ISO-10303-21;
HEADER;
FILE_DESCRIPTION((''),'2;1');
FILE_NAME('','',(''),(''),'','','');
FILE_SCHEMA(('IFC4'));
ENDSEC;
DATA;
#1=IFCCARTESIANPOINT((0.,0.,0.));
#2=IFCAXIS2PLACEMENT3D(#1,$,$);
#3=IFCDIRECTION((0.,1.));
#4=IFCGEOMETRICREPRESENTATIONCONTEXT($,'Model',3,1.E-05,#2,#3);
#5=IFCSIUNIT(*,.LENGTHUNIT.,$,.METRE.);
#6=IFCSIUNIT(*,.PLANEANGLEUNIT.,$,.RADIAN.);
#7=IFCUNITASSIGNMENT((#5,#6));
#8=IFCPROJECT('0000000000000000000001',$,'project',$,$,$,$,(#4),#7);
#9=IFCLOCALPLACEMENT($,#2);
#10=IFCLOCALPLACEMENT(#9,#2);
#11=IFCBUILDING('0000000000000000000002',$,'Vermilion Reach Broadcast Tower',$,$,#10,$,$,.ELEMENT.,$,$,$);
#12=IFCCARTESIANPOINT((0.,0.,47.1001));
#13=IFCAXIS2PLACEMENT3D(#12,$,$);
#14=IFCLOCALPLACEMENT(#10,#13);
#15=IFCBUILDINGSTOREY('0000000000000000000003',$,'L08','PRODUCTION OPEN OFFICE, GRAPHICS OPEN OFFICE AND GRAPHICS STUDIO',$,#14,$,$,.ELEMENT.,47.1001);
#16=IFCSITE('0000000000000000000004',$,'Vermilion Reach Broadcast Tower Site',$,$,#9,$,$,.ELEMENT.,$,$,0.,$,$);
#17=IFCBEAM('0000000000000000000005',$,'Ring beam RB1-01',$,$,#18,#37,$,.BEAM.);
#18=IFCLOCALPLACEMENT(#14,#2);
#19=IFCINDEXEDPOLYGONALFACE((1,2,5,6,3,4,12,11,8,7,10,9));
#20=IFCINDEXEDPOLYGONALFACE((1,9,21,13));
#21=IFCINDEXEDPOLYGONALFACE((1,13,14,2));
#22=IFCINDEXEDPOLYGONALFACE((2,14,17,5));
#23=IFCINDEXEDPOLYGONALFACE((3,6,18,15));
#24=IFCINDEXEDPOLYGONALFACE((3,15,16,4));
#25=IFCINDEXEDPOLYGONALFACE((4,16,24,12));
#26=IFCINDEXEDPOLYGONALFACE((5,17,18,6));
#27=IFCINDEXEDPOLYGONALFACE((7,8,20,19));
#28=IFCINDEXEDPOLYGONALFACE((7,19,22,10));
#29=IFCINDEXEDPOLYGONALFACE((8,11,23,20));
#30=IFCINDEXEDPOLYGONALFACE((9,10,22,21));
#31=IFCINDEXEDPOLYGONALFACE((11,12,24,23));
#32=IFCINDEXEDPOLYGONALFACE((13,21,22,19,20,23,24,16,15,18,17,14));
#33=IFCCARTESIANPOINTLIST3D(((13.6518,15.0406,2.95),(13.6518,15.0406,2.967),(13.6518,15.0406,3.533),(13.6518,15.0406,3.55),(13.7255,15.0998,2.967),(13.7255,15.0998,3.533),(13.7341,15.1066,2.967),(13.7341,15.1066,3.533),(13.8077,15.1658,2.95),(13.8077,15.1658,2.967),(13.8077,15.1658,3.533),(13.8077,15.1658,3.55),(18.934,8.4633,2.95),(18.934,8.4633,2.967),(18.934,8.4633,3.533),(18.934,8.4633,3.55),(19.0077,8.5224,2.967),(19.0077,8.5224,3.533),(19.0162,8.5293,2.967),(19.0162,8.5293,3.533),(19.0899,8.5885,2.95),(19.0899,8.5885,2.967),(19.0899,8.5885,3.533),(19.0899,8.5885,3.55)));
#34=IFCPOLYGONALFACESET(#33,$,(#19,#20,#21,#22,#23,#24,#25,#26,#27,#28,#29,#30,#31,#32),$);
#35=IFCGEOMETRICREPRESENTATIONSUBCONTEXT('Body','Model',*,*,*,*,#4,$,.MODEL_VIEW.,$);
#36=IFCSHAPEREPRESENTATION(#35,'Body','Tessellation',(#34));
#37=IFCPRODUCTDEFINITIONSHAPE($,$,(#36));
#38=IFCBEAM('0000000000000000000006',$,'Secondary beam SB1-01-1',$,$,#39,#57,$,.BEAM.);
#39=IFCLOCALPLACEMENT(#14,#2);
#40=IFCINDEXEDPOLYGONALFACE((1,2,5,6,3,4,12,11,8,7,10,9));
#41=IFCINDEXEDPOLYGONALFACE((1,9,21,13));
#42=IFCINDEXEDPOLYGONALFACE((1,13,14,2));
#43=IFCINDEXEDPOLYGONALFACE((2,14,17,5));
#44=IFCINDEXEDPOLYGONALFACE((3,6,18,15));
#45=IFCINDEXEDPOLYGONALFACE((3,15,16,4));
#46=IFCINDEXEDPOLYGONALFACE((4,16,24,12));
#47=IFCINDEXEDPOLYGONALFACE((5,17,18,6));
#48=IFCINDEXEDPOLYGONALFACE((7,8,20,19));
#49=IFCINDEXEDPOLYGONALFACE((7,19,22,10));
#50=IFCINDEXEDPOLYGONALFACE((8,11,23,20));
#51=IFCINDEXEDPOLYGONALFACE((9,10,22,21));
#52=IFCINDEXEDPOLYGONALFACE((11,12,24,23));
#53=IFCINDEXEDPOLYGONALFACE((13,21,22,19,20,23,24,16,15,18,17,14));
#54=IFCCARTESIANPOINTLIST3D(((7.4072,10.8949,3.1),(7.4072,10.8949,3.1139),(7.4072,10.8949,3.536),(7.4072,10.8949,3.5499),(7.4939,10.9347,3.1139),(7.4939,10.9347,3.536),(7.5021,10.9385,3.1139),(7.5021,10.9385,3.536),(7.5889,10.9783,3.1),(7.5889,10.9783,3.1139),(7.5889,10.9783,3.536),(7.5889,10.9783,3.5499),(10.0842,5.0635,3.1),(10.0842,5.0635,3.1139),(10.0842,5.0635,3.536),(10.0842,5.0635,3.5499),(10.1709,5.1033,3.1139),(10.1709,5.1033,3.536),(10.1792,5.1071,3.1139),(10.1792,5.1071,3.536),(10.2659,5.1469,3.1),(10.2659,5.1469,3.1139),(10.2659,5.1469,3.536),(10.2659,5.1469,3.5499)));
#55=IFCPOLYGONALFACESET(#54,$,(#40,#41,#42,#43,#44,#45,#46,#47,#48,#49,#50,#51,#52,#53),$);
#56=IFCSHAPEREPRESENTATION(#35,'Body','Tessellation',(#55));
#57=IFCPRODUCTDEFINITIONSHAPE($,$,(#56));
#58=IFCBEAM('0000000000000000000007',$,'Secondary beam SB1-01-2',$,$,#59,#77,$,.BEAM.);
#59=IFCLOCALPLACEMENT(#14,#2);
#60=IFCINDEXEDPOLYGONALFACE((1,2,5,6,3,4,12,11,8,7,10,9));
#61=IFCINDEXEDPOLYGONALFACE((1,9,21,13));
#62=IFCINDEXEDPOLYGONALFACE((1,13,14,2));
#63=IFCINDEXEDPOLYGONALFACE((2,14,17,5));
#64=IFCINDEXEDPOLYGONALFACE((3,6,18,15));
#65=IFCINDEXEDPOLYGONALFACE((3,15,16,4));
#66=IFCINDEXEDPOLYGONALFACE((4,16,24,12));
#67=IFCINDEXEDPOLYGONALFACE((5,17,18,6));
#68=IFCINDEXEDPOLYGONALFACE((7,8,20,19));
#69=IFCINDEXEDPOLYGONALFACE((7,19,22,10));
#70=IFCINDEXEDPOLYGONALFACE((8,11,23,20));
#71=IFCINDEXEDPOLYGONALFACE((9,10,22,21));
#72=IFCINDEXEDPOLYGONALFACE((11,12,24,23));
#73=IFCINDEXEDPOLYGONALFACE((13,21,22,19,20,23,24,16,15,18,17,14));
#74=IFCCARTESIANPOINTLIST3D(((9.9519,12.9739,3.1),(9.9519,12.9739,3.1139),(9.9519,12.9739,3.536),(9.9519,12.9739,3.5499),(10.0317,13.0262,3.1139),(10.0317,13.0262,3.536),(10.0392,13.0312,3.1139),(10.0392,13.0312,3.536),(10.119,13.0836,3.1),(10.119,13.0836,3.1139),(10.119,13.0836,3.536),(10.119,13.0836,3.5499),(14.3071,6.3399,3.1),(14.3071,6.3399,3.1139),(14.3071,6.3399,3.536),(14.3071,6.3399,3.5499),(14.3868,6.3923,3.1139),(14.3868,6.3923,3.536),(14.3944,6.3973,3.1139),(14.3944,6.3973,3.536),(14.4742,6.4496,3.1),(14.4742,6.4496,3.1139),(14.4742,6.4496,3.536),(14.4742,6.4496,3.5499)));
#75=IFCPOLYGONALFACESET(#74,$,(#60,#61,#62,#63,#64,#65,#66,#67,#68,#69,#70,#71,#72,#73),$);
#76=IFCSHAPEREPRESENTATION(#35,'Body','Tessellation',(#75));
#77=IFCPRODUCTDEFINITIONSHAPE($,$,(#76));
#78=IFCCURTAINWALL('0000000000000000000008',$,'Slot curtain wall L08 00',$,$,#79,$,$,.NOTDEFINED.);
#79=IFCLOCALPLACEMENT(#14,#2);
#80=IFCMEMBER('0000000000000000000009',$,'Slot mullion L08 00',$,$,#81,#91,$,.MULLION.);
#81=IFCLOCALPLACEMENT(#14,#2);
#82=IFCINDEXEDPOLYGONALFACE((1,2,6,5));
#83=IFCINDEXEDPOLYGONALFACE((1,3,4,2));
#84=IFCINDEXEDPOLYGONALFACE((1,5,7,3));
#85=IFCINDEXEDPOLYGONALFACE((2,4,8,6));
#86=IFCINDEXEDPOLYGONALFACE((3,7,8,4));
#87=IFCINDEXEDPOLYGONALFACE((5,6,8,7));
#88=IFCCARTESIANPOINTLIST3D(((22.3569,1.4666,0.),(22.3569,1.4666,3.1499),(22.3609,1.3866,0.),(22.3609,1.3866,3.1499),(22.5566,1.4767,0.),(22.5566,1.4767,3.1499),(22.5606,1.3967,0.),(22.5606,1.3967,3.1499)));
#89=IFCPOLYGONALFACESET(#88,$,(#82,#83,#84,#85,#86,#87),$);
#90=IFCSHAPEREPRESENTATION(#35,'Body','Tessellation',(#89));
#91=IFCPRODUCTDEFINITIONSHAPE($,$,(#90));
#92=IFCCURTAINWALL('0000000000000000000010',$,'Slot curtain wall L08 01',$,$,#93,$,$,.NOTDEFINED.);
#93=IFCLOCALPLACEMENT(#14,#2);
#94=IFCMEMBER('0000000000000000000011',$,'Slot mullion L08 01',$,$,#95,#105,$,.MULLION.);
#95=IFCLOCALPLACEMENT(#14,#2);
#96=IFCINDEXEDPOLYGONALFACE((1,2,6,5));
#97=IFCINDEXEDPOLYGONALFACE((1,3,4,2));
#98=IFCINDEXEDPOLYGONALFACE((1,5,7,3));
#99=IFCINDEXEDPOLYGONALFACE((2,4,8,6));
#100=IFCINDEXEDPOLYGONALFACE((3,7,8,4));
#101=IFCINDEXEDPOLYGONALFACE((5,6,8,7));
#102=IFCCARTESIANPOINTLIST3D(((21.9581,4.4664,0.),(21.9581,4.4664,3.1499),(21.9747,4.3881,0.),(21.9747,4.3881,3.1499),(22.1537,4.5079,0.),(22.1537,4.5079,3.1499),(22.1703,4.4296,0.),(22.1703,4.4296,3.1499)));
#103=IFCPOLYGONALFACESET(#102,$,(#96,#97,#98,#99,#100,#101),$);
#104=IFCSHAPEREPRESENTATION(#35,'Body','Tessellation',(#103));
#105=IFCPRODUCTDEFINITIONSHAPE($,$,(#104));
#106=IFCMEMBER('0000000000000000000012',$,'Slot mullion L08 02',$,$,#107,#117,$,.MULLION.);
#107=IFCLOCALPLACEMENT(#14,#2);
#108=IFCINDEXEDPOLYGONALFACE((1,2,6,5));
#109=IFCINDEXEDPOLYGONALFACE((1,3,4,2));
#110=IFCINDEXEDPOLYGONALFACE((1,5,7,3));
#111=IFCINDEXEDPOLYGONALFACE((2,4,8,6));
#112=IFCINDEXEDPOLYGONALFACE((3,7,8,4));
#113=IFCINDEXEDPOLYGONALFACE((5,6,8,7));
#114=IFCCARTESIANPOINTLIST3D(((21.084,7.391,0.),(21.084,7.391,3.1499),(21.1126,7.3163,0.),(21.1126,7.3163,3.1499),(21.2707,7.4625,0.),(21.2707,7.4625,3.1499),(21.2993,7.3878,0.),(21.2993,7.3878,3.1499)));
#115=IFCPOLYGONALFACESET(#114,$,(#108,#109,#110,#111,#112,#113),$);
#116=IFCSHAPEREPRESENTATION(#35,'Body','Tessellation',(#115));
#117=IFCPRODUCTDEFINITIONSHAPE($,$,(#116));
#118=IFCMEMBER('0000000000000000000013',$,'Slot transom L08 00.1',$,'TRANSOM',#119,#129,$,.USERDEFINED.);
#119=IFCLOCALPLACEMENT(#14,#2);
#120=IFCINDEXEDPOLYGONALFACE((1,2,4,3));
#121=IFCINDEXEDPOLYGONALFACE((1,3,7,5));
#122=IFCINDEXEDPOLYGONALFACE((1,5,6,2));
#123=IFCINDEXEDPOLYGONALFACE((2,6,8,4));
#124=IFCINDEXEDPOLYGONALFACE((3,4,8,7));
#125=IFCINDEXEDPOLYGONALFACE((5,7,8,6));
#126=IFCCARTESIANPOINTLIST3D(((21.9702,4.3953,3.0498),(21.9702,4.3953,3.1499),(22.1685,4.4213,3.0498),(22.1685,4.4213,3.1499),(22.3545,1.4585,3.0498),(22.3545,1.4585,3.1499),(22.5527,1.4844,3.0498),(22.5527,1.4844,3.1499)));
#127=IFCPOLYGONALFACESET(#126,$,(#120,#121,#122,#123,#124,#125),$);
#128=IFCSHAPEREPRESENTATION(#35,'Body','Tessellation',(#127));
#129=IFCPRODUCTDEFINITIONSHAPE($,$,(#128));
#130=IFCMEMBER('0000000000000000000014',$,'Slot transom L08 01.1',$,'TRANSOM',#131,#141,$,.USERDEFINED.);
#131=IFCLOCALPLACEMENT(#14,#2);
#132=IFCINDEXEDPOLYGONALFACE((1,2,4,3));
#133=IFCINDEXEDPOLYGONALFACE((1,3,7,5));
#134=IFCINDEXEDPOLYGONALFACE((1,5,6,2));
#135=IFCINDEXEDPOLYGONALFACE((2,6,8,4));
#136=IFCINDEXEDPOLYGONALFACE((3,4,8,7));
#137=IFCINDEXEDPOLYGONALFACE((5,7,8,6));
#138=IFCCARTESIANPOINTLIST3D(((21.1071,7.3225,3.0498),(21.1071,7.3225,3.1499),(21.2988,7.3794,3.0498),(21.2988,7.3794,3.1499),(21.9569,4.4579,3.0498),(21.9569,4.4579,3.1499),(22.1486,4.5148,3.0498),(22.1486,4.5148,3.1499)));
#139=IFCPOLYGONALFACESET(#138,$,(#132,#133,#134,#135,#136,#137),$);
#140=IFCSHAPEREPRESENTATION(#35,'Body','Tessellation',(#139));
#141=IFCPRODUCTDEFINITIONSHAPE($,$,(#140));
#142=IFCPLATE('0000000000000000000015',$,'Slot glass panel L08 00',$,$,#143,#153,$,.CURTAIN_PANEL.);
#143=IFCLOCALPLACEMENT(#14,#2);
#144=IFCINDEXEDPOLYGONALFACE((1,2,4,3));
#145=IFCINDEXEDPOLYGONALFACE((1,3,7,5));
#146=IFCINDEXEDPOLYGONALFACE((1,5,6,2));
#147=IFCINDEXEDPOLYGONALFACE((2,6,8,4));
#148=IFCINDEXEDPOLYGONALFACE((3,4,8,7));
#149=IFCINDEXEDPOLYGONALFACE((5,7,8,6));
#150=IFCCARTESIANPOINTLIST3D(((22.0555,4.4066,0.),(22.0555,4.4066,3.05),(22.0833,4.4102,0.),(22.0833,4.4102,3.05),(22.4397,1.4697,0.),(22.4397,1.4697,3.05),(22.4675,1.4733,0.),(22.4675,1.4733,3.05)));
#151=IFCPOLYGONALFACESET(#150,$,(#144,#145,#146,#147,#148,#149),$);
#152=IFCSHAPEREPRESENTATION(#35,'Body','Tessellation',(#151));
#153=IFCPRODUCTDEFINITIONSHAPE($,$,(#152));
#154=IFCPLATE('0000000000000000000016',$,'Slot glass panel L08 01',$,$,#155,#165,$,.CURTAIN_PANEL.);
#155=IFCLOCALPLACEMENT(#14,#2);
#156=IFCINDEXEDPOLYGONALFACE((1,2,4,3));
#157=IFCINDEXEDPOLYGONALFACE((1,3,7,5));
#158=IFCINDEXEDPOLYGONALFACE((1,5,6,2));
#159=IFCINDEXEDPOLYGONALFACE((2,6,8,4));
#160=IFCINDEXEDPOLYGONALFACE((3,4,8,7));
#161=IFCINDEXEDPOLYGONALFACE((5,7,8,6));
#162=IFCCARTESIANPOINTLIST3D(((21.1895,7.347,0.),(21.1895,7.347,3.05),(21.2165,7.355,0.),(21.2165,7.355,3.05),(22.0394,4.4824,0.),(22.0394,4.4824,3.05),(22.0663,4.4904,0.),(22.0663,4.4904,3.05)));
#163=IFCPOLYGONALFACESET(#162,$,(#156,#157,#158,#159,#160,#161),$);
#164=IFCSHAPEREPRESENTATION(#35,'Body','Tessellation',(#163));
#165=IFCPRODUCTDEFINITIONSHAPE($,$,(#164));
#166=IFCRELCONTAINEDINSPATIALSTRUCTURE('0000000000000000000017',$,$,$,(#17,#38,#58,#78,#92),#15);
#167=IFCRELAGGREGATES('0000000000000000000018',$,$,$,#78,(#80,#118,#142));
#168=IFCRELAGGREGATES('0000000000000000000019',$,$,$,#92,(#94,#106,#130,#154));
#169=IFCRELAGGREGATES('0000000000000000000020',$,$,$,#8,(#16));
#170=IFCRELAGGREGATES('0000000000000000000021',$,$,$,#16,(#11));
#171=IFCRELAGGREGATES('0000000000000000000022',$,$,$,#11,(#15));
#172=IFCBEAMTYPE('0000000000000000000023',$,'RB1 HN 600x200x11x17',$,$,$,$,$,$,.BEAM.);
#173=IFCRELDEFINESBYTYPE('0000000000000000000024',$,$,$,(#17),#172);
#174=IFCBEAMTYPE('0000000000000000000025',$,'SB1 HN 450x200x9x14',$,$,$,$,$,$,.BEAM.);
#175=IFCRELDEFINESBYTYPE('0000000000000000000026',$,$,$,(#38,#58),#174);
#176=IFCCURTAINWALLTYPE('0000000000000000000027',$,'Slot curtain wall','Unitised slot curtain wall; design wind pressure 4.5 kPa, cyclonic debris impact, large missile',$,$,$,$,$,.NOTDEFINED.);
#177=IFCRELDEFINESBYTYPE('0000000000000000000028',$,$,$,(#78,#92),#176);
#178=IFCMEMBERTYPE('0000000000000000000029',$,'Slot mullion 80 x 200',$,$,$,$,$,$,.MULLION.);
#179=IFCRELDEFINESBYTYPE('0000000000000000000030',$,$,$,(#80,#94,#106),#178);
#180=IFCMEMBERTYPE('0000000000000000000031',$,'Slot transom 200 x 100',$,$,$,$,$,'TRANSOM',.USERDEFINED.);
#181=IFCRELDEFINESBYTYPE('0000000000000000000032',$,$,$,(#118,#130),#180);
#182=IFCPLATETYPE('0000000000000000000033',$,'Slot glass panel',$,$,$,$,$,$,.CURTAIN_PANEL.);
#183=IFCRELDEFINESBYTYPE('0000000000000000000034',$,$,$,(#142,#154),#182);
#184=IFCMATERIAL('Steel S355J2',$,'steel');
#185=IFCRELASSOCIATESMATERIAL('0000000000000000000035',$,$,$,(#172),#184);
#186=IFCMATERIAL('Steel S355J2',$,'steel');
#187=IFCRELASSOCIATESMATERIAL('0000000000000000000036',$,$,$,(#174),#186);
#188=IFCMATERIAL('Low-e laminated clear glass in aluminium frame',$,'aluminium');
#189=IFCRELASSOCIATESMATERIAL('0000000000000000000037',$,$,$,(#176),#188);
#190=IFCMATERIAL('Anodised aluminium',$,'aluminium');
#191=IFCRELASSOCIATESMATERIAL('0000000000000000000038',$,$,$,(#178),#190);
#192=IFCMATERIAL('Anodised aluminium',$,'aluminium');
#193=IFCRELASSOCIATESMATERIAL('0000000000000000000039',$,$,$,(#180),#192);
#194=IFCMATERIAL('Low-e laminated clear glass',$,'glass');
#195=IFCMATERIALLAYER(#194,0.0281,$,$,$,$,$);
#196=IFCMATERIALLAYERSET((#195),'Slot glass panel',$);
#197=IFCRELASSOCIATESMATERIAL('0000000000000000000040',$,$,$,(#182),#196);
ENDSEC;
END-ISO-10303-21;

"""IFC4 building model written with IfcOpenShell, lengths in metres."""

from ifc_helpers import new_model, si_unit, direction, frame, origin, origin_2d, place, context, subcontext, project, spatial, rectangle, i_section, extrude, material, layer, layer_set, material_profile, profile_set, type_object, element, aggregate, save


model = new_model("IFC4")

# Units and contexts
model_context = context("Model", 3, precision=1e-05, world=origin(), true_north=direction((0.0, 1.0)))
body_context = subcontext(model_context, "Body", "Model", "MODEL_VIEW")
ifc_project = project(units=[si_unit("LENGTHUNIT", "METRE"), si_unit("PLANEANGLEUNIT", "RADIAN")], contexts=[model_context])

# Site, building, storey
site_placement = place(None, origin())
site = spatial("IfcSite", under=ifc_project, at=site_placement, Name="Vermilion Reach Broadcast Tower Site", CompositionType="ELEMENT", RefElevation=0.0)
building_placement = place(site_placement, origin())
building = spatial("IfcBuilding", under=site, at=building_placement, Name="Vermilion Reach Broadcast Tower", CompositionType="ELEMENT")
storey_placement = place(building_placement, frame((0.0, 0.0, 47.1001)))
storey = spatial("IfcBuildingStorey", under=building, at=storey_placement, Name="L08", Description="PRODUCTION OPEN OFFICE, GRAPHICS OPEN OFFICE AND GRAPHICS STUDIO", CompositionType="ELEMENT", Elevation=47.1001)

# Beams
ifc_material_1 = material(Name="Steel S355J2", Category="steel")
ifc_material_profile_1 = material_profile(ifc_material_1, i_section(OverallWidth=0.2, OverallDepth=0.6001, WebThickness=0.011, FlangeThickness=0.0171, at=origin_2d()), Name="S355J2 HN 600x200x11x17")
ifc_profile_set_1 = profile_set([ifc_material_profile_1], Name="Steel S355J2")
beam_type_1 = type_object("IfcBeamType", Name="RB1 HN 600x200x11x17", PredefinedType="BEAM", material=ifc_profile_set_1)
beam_1_placement = place(storey_placement, frame((19.012, 8.5259, 3.25), z_axis=(-0.626162, 0.779693, 0.0), x_axis=(-0.779693, -0.626162, 0.0)))
element("IfcBeam", 1, at=beam_1_placement, inside=storey, type_object=beam_type_1, Name="Ring beam RB1-01", PredefinedType="BEAM", context=body_context, shape_type="SweptSolid", body=[
    extrude(i_section(OverallWidth=0.2, OverallDepth=0.6001, WebThickness=0.011, FlangeThickness=0.0171, at=origin_2d()), origin(), (0.0, 0.0, 1.0), 8.4358),
])
ifc_material_2 = material(Name="Steel S355J2", Category="steel")
ifc_material_profile_2 = material_profile(ifc_material_2, i_section(OverallWidth=0.2, OverallDepth=0.45, WebThickness=0.009, FlangeThickness=0.0139, at=origin_2d()), Name="S355J2 HN 450x200x9x14")
ifc_profile_set_2 = profile_set([ifc_material_profile_2], Name="Steel S355J2")
beam_type_2 = type_object("IfcBeamType", Name="SB1 HN 450x200x9x14", PredefinedType="BEAM", material=ifc_profile_set_2)
beam_2_placement = place(storey_placement, frame((10.175, 5.1052, 3.325), z_axis=(-0.417211, 0.908809, 0.0), x_axis=(-0.908809, -0.417211, 0.0)))
element("IfcBeam", 2, at=beam_2_placement, inside=storey, type_object=beam_type_2, Name="Secondary beam SB1-01-1", PredefinedType="BEAM", context=body_context, shape_type="SweptSolid", body=[
    extrude(i_section(OverallWidth=0.2, OverallDepth=0.45, WebThickness=0.009, FlangeThickness=0.0139, at=origin_2d()), origin(), (0.0, 0.0, 1.0), 6.4165),
])
beam_3_placement = place(storey_placement, frame((14.3906, 6.3948, 3.325), z_axis=(-0.548801, 0.835953, 0.0), x_axis=(-0.835953, -0.548801, 0.0)))
element("IfcBeam", 3, at=beam_3_placement, inside=storey, type_object=beam_type_2, Name="Secondary beam SB1-01-2", PredefinedType="BEAM", context=body_context, shape_type="SweptSolid", body=[
    extrude(i_section(OverallWidth=0.2, OverallDepth=0.45, WebThickness=0.009, FlangeThickness=0.0139, at=origin_2d()), origin(), (0.0, 0.0, 1.0), 7.9358),
])

# Curtain wall, member
ifc_material_3 = material(Name="Low-e laminated clear glass in aluminium frame", Category="aluminium")
curtain_wall_type = type_object("IfcCurtainWallType", Name="Slot curtain wall", Description="Unitised slot curtain wall; design wind pressure 4.5 kPa, cyclonic debris impact, large missile", PredefinedType="NOTDEFINED", material=ifc_material_3)
placement = place(storey_placement, origin())
curtain_wall_1 = element("IfcCurtainWall", 4, at=placement, inside=storey, type_object=curtain_wall_type, Name="Slot curtain wall L08 00", PredefinedType="NOTDEFINED")
ifc_material_4 = material(Name="Anodised aluminium", Category="aluminium")
ifc_material_profile_3 = material_profile(ifc_material_4, rectangle(XDim=0.2, YDim=0.0801, at=origin_2d()), Name="Slot mullion 80 x 200")
ifc_profile_set_3 = profile_set([ifc_material_profile_3], Name="Anodised aluminium")
member_type_1 = type_object("IfcMemberType", Name="Slot mullion 80 x 200", PredefinedType="MULLION", material=ifc_profile_set_3)
member_1_placement = place(storey_placement, frame((22.4587, 1.4316, 0.0), z_axis=(0.0, 0.0, 1.0), x_axis=(-0.998737, -0.050244, 0.0)))
member_1 = element("IfcMember", 5, at=member_1_placement, type_object=member_type_1, Name="Slot mullion L08 00", PredefinedType="MULLION", context=body_context, shape_type="SweptSolid", body=[
    extrude(rectangle(XDim=0.2, YDim=0.0801, at=origin_2d()), origin(), (0.0, 0.0, 1.0), 3.1499),
])

# Curtain wall, members
curtain_wall_2 = element("IfcCurtainWall", 6, at=placement, inside=storey, type_object=curtain_wall_type, Name="Slot curtain wall L08 01", PredefinedType="NOTDEFINED")
member_2_placement = place(storey_placement, frame((22.0642, 4.448, 0.0), z_axis=(0.0, 0.0, 1.0), x_axis=(-0.978188, -0.207722, 0.0)))
member_2 = element("IfcMember", 7, at=member_2_placement, type_object=member_type_1, Name="Slot mullion L08 01", PredefinedType="MULLION", context=body_context, shape_type="SweptSolid", body=[
    extrude(rectangle(XDim=0.2, YDim=0.0801, at=origin_2d()), origin(), (0.0, 0.0, 1.0), 3.1499),
])
member_3_placement = place(storey_placement, frame((21.1917, 7.3894, 0.0), z_axis=(0.0, 0.0, 1.0), x_axis=(-0.933871, -0.357609, 0.0)))
member_3 = element("IfcMember", 8, at=member_3_placement, type_object=member_type_1, Name="Slot mullion L08 02", PredefinedType="MULLION", context=body_context, shape_type="SweptSolid", body=[
    extrude(rectangle(XDim=0.2, YDim=0.0801, at=origin_2d()), origin(), (0.0, 0.0, 1.0), 3.1499),
])

# Members
ifc_material_5 = material(Name="Anodised aluminium", Category="aluminium")
ifc_material_profile_4 = material_profile(ifc_material_5, rectangle(XDim=0.2, YDim=0.1001, at=origin_2d()), Name="Slot transom 200 x 100")
ifc_profile_set_4 = profile_set([ifc_material_profile_4], Name="Anodised aluminium")
member_type_2 = type_object("IfcMemberType", Name="Slot transom 200 x 100", ElementType="TRANSOM", PredefinedType="USERDEFINED", material=ifc_profile_set_4)
member_4_placement = place(storey_placement, frame((22.4536, 1.4714, 3.0999), z_axis=(-0.129744, 0.991547, 0.0), x_axis=(-0.991547, -0.129744, 0.0)))
member_4 = element("IfcMember", 9, at=member_4_placement, type_object=member_type_2, Name="Slot transom L08 00.1", ObjectType="TRANSOM", PredefinedType="USERDEFINED", context=body_context, shape_type="SweptSolid", body=[
    extrude(rectangle(XDim=0.2, YDim=0.1001, at=origin_2d()), origin(), (0.0, 0.0, 1.0), 2.9619),
])
member_5_placement = place(storey_placement, frame((22.0527, 4.4863, 3.0999), z_axis=(-0.284408, 0.958703, 0.0), x_axis=(-0.958703, -0.284408, 0.0)))
member_5 = element("IfcMember", 10, at=member_5_placement, type_object=member_type_2, Name="Slot transom L08 01.1", ObjectType="TRANSOM", PredefinedType="USERDEFINED", context=body_context, shape_type="SweptSolid", body=[
    extrude(rectangle(XDim=0.2, YDim=0.1001, at=origin_2d()), origin(), (0.0, 0.0, 1.0), 2.988),
])

# Plates
ifc_material_6 = material(Name="Low-e laminated clear glass", Category="glass")
ifc_layer_1 = layer(ifc_material_6, 0.0281)
ifc_layer_set_1 = layer_set([ifc_layer_1], Name="Slot glass panel")
plate_type = type_object("IfcPlateType", Name="Slot glass panel", PredefinedType="CURTAIN_PANEL", material=ifc_layer_set_1)
plate_1_placement = place(storey_placement, frame((22.2615, 2.9399, 0.0), z_axis=(0.0, 0.0, 1.0), x_axis=(-0.129717, 0.991551, 0.0)))
plate_1 = element("IfcPlate", 11, at=plate_1_placement, type_object=plate_type, Name="Slot glass panel L08 00", PredefinedType="CURTAIN_PANEL", context=body_context, shape_type="SweptSolid", body=[
    extrude(rectangle(XDim=2.9619, YDim=0.0281, at=origin_2d()), origin(), (0.0, 0.0, 1.0), 3.05),
])
aggregate(curtain_wall_1, [member_1, member_4, plate_1])
plate_2_placement = place(storey_placement, frame((21.6279, 5.9187, 0.0), z_axis=(0.0, 0.0, 1.0), x_axis=(-0.284426, 0.958698, 0.0)))
plate_2 = element("IfcPlate", 12, at=plate_2_placement, type_object=plate_type, Name="Slot glass panel L08 01", PredefinedType="CURTAIN_PANEL", context=body_context, shape_type="SweptSolid", body=[
    extrude(rectangle(XDim=2.988, YDim=0.0281, at=origin_2d()), origin(), (0.0, 0.0, 1.0), 3.05),
])
aggregate(curtain_wall_2, [member_2, member_3, member_5, plate_2])

save(model, "model.ifc")
